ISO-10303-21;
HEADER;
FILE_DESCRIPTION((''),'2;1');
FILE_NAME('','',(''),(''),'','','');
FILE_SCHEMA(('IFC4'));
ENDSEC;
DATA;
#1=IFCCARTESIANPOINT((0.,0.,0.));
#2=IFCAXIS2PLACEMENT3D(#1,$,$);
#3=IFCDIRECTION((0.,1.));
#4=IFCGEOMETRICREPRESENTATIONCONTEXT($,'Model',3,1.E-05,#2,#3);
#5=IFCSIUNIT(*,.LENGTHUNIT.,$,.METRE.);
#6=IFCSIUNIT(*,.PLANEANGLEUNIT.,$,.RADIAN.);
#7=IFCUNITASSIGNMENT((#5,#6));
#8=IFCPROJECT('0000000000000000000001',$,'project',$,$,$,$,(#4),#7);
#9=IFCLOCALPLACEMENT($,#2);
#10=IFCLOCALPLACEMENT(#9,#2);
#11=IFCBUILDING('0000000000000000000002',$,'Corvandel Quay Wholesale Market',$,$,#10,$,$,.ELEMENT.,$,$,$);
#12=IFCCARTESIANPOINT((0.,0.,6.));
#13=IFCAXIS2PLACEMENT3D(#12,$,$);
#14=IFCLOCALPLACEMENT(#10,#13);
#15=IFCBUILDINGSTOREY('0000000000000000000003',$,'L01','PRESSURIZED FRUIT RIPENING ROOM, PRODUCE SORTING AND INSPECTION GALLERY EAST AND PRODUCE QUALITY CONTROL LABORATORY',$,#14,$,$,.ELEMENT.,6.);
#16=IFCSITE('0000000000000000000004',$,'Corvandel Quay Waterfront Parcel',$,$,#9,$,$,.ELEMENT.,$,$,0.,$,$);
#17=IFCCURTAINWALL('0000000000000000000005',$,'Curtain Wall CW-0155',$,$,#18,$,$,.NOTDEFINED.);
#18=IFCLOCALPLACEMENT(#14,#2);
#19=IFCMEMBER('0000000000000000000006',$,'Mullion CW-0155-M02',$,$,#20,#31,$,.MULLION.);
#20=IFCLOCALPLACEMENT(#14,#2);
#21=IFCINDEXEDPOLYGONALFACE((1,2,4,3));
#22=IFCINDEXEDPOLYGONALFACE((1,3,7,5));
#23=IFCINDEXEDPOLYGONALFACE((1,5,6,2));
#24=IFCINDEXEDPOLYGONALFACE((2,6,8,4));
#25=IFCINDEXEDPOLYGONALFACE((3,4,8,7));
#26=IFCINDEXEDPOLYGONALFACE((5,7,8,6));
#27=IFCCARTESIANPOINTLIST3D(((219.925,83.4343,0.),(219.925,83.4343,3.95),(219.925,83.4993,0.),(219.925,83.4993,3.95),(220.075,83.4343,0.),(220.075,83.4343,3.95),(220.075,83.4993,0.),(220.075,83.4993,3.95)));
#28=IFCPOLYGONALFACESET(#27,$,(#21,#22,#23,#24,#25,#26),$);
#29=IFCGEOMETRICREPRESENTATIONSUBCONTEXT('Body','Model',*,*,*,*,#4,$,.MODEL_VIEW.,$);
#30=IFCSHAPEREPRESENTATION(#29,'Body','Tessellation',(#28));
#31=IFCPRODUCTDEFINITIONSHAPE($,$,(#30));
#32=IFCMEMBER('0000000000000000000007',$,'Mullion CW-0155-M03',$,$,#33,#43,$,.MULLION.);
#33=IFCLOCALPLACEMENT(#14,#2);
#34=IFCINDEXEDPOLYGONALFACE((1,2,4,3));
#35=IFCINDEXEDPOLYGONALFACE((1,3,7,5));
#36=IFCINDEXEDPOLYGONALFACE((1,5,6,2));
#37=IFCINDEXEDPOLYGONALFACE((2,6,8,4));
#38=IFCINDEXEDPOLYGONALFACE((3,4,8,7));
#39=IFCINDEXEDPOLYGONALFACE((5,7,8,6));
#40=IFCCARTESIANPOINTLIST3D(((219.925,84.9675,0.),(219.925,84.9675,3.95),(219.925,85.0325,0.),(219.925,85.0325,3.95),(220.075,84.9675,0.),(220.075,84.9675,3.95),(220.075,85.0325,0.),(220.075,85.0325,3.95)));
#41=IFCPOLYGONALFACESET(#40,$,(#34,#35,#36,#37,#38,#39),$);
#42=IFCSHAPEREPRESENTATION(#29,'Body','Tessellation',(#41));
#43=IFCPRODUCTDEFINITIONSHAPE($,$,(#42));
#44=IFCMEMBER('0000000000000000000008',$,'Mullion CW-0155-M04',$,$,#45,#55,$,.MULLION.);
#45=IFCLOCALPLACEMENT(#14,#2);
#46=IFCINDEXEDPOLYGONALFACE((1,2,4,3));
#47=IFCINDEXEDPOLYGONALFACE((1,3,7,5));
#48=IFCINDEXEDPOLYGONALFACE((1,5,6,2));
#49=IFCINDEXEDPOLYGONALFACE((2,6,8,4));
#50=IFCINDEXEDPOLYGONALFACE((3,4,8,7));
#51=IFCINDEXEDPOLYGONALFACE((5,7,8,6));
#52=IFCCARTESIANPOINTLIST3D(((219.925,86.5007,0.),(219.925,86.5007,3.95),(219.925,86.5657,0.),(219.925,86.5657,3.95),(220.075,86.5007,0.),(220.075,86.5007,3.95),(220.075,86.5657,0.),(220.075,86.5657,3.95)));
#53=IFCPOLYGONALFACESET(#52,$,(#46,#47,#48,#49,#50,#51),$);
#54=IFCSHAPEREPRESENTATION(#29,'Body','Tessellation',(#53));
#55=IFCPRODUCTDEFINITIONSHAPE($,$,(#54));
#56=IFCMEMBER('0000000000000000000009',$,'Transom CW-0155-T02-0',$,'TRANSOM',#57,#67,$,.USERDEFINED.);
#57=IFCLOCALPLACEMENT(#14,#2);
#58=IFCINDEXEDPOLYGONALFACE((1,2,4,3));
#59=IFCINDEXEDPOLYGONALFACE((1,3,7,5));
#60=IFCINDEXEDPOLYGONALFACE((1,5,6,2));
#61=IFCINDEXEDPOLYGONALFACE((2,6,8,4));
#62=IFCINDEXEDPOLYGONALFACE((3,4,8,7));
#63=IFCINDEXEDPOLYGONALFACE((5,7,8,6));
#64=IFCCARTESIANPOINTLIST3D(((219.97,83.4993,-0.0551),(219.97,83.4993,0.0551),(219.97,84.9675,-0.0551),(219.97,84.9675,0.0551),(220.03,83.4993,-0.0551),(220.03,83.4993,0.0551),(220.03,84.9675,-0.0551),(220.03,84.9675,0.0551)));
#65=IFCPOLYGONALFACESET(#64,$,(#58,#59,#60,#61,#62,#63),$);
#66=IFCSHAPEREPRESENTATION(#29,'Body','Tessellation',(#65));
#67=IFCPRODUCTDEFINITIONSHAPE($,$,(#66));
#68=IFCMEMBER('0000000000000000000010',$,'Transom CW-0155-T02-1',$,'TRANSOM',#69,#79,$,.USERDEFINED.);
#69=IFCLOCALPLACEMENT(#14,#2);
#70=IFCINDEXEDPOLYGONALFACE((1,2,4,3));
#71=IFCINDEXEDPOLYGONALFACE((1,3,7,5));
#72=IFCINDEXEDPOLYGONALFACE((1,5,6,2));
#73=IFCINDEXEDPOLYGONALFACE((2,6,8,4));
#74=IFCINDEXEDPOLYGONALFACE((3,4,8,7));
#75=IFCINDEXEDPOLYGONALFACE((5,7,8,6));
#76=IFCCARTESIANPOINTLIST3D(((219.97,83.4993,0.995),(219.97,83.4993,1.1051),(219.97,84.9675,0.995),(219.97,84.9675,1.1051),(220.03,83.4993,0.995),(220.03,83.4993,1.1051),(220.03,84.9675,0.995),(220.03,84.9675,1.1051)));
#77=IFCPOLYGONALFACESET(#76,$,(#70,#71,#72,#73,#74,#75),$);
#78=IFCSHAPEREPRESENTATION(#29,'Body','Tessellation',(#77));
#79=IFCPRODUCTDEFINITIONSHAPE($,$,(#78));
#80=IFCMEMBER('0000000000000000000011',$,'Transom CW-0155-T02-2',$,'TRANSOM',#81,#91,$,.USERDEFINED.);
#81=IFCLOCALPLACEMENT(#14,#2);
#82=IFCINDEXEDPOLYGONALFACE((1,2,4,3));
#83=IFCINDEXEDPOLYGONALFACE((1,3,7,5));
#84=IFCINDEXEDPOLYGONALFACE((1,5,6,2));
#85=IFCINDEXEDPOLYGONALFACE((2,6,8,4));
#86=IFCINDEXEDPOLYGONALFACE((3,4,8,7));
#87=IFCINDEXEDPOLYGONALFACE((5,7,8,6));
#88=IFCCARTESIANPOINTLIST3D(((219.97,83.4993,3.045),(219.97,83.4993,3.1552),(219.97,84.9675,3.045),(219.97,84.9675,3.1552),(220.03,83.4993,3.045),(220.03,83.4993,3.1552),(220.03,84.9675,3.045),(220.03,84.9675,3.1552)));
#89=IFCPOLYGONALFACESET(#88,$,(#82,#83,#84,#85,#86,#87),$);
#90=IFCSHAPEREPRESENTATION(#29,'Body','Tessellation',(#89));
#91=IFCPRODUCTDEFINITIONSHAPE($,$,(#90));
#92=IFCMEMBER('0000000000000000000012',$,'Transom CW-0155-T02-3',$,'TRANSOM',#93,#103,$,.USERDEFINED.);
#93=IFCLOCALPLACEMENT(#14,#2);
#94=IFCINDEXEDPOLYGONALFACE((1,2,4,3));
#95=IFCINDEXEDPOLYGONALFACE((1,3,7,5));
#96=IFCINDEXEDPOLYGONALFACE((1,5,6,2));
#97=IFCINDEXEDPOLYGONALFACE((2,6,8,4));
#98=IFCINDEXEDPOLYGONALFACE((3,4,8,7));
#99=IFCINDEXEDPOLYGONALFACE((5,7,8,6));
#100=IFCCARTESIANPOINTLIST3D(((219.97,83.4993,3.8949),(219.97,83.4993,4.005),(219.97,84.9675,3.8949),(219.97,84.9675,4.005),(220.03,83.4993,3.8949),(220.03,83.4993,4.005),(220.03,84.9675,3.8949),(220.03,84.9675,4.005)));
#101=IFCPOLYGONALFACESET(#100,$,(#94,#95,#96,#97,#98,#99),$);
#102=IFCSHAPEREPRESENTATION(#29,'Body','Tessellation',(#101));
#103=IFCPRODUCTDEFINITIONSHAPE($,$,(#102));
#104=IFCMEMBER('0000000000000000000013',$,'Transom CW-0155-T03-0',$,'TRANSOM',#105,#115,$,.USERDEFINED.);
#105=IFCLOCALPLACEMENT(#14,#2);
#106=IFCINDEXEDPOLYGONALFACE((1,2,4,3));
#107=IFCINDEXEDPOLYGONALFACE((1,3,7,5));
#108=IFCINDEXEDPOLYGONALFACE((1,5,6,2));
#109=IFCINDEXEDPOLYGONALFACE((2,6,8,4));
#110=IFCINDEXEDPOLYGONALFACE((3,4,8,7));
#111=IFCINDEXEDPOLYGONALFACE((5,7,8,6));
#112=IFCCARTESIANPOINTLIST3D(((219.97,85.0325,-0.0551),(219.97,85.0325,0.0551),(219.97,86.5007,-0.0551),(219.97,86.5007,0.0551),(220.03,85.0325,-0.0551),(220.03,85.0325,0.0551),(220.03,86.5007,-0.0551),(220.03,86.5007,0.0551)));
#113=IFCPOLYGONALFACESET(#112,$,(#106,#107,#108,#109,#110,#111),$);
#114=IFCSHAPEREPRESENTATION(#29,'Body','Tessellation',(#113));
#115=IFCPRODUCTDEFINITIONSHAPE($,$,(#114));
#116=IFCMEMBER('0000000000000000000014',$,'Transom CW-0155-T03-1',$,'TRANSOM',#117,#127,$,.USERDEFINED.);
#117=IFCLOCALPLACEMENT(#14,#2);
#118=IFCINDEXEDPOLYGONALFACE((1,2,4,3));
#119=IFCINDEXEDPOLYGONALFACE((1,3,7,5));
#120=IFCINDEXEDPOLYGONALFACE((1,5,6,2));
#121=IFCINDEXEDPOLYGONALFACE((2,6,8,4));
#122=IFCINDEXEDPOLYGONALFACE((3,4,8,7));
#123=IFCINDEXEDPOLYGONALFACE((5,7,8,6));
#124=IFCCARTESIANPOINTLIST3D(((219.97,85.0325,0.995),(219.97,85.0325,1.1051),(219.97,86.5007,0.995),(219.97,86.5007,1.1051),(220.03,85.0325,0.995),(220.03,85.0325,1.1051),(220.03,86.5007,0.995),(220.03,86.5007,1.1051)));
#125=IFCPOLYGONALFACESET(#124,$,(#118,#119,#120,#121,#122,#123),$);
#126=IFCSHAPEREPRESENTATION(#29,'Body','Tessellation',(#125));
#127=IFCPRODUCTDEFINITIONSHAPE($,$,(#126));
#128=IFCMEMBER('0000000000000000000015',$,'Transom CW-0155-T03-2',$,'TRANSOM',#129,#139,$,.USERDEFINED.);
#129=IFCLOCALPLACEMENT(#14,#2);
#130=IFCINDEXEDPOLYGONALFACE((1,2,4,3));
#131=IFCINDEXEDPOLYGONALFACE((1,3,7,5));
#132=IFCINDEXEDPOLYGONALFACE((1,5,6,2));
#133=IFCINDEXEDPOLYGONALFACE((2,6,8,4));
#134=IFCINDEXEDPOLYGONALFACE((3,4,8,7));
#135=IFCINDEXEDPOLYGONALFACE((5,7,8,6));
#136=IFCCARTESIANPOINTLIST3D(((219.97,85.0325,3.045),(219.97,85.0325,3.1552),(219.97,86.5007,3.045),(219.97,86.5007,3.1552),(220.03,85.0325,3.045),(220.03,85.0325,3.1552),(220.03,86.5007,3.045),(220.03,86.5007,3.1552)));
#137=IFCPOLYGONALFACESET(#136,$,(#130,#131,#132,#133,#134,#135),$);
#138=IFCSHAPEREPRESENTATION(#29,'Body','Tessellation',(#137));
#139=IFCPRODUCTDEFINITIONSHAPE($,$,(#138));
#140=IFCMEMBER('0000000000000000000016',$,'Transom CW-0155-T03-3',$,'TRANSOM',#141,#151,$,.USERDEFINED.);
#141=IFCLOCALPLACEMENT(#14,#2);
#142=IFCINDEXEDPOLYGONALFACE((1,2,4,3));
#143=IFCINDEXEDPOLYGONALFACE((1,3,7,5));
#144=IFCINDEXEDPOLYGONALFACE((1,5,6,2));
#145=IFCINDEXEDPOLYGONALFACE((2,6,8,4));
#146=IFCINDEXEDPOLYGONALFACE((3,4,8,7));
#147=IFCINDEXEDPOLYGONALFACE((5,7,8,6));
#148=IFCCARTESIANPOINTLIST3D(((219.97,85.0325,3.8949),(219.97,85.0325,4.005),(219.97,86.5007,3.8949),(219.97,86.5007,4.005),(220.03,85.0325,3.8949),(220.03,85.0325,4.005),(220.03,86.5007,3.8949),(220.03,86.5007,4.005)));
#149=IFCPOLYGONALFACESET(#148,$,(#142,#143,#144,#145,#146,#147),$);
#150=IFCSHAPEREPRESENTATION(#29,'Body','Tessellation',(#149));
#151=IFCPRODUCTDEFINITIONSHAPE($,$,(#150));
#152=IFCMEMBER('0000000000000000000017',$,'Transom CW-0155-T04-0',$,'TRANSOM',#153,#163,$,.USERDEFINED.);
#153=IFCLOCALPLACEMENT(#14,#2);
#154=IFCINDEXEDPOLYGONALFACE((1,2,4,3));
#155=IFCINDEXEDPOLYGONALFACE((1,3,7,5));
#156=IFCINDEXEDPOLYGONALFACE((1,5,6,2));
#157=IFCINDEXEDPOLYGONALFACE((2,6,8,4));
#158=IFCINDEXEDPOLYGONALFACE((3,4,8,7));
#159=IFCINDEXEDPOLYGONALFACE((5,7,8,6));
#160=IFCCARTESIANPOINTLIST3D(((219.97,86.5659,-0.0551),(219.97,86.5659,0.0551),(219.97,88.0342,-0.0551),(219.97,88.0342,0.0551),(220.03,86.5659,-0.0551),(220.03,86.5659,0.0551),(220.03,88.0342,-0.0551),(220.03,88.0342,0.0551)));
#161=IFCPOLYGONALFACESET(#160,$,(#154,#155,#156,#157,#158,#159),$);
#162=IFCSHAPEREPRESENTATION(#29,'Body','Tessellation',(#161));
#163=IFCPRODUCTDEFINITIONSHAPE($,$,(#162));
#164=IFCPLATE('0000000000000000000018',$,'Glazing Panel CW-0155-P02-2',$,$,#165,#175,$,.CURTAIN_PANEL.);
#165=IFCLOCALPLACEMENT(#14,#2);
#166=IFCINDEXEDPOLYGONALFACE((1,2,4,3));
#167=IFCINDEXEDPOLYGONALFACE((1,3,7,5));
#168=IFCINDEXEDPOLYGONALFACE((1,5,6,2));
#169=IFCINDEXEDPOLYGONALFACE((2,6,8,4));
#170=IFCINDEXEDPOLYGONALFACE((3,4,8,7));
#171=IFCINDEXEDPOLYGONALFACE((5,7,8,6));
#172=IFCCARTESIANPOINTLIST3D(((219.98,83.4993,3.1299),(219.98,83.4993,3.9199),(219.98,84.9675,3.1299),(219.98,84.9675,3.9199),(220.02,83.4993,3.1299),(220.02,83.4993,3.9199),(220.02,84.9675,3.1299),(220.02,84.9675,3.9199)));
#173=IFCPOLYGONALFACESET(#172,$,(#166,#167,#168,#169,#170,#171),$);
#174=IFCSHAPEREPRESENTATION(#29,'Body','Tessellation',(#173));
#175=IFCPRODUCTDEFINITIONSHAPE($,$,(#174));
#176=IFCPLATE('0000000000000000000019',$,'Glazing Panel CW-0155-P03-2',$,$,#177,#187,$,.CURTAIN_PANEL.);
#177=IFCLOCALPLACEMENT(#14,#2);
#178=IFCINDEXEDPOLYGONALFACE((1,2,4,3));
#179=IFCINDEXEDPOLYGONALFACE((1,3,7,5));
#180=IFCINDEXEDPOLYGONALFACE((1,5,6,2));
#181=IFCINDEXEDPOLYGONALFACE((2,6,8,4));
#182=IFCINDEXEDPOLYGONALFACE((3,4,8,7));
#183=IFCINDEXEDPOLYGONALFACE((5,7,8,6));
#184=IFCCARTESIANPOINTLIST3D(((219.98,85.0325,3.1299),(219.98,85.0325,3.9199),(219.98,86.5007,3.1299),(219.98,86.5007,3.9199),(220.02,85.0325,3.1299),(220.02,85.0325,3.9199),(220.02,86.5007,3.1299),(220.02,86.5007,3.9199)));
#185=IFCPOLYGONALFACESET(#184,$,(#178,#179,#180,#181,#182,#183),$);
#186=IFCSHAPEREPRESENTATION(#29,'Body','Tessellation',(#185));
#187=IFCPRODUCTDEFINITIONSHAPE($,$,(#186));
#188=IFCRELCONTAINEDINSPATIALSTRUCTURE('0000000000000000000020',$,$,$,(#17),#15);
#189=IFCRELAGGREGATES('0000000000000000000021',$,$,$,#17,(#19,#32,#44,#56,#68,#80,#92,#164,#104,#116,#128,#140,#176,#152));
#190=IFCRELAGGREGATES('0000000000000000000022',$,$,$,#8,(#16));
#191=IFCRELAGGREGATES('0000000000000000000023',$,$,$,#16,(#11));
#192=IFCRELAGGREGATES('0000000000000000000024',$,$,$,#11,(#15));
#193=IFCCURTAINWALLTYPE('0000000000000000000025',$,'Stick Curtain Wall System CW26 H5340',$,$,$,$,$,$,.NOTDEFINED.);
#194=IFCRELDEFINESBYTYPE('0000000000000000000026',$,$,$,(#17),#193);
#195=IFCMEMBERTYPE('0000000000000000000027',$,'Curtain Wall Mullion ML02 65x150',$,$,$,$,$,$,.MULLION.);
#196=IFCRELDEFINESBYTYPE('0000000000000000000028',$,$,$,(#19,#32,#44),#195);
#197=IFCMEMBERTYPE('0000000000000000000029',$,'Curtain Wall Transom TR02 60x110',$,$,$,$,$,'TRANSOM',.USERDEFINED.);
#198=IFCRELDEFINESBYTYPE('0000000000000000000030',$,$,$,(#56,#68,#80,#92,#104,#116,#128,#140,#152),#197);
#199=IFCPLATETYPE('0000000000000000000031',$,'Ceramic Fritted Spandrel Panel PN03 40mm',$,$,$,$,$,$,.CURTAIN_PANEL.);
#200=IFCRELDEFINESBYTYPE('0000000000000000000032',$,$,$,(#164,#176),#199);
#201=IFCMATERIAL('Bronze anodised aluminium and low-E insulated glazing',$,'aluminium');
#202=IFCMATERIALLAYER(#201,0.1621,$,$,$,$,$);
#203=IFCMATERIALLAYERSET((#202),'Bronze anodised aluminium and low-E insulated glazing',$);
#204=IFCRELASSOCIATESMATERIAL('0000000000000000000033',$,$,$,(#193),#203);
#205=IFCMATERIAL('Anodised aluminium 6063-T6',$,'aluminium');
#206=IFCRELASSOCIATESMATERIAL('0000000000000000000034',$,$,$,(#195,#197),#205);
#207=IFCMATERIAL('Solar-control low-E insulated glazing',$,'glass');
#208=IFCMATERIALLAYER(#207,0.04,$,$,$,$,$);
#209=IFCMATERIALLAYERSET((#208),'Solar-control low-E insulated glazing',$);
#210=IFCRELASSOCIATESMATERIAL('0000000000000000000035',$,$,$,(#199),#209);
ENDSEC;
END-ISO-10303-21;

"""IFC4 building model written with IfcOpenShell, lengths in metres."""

from ifc_helpers import new_model, si_unit, direction, frame, origin, origin_2d, place, context, subcontext, project, spatial, rectangle, extrude, material, layer, layer_set, material_profile, profile_set, type_object, element, aggregate, save


model = new_model("IFC4")

# Units and contexts
model_context = context("Model", 3, precision=1e-05, world=origin(), true_north=direction((0.0, 1.0)))
body_context = subcontext(model_context, "Body", "Model", "MODEL_VIEW")
ifc_project = project(units=[si_unit("LENGTHUNIT", "METRE"), si_unit("PLANEANGLEUNIT", "RADIAN")], contexts=[model_context])

# Site, building, storey
site_placement = place(None, origin())
site = spatial("IfcSite", under=ifc_project, at=site_placement, Name="Corvandel Quay Waterfront Parcel", CompositionType="ELEMENT", RefElevation=0.0)
building_placement = place(site_placement, origin())
building = spatial("IfcBuilding", under=site, at=building_placement, Name="Corvandel Quay Wholesale Market", CompositionType="ELEMENT")
storey_placement = place(building_placement, frame((0.0, 0.0, 6.0)))
storey = spatial("IfcBuildingStorey", under=building, at=storey_placement, Name="L01", Description="PRESSURIZED FRUIT RIPENING ROOM, PRODUCE SORTING AND INSPECTION GALLERY EAST AND PRODUCE QUALITY CONTROL LABORATORY", CompositionType="ELEMENT", Elevation=6.0)

# Curtain wall, members, plates
ifc_material_1 = material(Name="Bronze anodised aluminium and low-E insulated glazing", Category="aluminium")
ifc_layer_1 = layer(ifc_material_1, 0.1621)
ifc_layer_set_1 = layer_set([ifc_layer_1], Name="Bronze anodised aluminium and low-E insulated glazing")
curtain_wall_type = type_object("IfcCurtainWallType", Name="Stick Curtain Wall System CW26 H5340", PredefinedType="NOTDEFINED", material=ifc_layer_set_1)
curtain_wall_placement = place(storey_placement, origin())
curtain_wall = element("IfcCurtainWall", 1, at=curtain_wall_placement, inside=storey, type_object=curtain_wall_type, Name="Curtain Wall CW-0155", PredefinedType="NOTDEFINED")
ifc_material_2 = material(Name="Anodised aluminium 6063-T6", Category="aluminium")
ifc_material_profile_1 = material_profile(ifc_material_2, rectangle(XDim=0.0649, YDim=0.1499, at=origin_2d()), Name="ALU-MUL-65x150")
ifc_profile_set_1 = profile_set([ifc_material_profile_1], Name="Anodised aluminium 6063-T6")
member_type_1 = type_object("IfcMemberType", Name="Curtain Wall Mullion ML02 65x150", PredefinedType="MULLION", material=ifc_profile_set_1)
member_1_placement = place(storey_placement, frame((220.0, 83.4668, 0.0), z_axis=(0.0, 0.0, 1.0), x_axis=(0.0, 1.0, 0.0)))
member_1 = element("IfcMember", 2, at=member_1_placement, type_object=member_type_1, Name="Mullion CW-0155-M02", PredefinedType="MULLION", context=body_context, shape_type="SweptSolid", body=[
    extrude(rectangle(XDim=0.0649, YDim=0.1499, at=origin_2d()), origin(), (0.0, 0.0, 1.0), 3.95),
])
member_2_placement = place(storey_placement, frame((220.0, 85.0, 0.0), z_axis=(0.0, 0.0, 1.0), x_axis=(0.0, 1.0, 0.0)))
member_2 = element("IfcMember", 3, at=member_2_placement, type_object=member_type_1, Name="Mullion CW-0155-M03", PredefinedType="MULLION", context=body_context, shape_type="SweptSolid", body=[
    extrude(rectangle(XDim=0.0649, YDim=0.1499, at=origin_2d()), origin(), (0.0, 0.0, 1.0), 3.95),
])
member_3_placement = place(storey_placement, frame((220.0, 86.5332, 0.0), z_axis=(0.0, 0.0, 1.0), x_axis=(0.0, 1.0, 0.0)))
member_3 = element("IfcMember", 4, at=member_3_placement, type_object=member_type_1, Name="Mullion CW-0155-M04", PredefinedType="MULLION", context=body_context, shape_type="SweptSolid", body=[
    extrude(rectangle(XDim=0.0649, YDim=0.1499, at=origin_2d()), origin(), (0.0, 0.0, 1.0), 3.95),
])
ifc_material_profile_2 = material_profile(ifc_material_2, rectangle(XDim=0.0601, YDim=0.1101, at=origin_2d()), Name="ALU-TRN-60x110")
ifc_profile_set_2 = profile_set([ifc_material_profile_2], Name="Anodised aluminium 6063-T6")
member_type_2 = type_object("IfcMemberType", Name="Curtain Wall Transom TR02 60x110", ElementType="TRANSOM", PredefinedType="USERDEFINED", material=ifc_profile_set_2)
member_4_placement = place(storey_placement, frame((220.0, 83.4993, 0.0), z_axis=(0.0, 1.0, 0.0), x_axis=(-1.0, 0.0, 0.0)))
member_4 = element("IfcMember", 5, at=member_4_placement, type_object=member_type_2, Name="Transom CW-0155-T02-0", ObjectType="TRANSOM", PredefinedType="USERDEFINED", context=body_context, shape_type="SweptSolid", body=[
    extrude(rectangle(XDim=0.0601, YDim=0.1101, at=origin_2d()), origin(), (0.0, 0.0, 1.0), 1.4683),
])
member_5_placement = place(storey_placement, frame((220.0, 83.4993, 1.05), z_axis=(0.0, 1.0, 0.0), x_axis=(-1.0, 0.0, 0.0)))
member_5 = element("IfcMember", 6, at=member_5_placement, type_object=member_type_2, Name="Transom CW-0155-T02-1", ObjectType="TRANSOM", PredefinedType="USERDEFINED", context=body_context, shape_type="SweptSolid", body=[
    extrude(rectangle(XDim=0.0601, YDim=0.1101, at=origin_2d()), origin(), (0.0, 0.0, 1.0), 1.4683),
])
member_6_placement = place(storey_placement, frame((220.0, 83.4993, 3.1001), z_axis=(0.0, 1.0, 0.0), x_axis=(-1.0, 0.0, 0.0)))
member_6 = element("IfcMember", 7, at=member_6_placement, type_object=member_type_2, Name="Transom CW-0155-T02-2", ObjectType="TRANSOM", PredefinedType="USERDEFINED", context=body_context, shape_type="SweptSolid", body=[
    extrude(rectangle(XDim=0.0601, YDim=0.1101, at=origin_2d()), origin(), (0.0, 0.0, 1.0), 1.4683),
])
member_7_placement = place(storey_placement, frame((220.0, 83.4993, 3.95), z_axis=(0.0, 1.0, 0.0), x_axis=(-1.0, 0.0, 0.0)))
member_7 = element("IfcMember", 8, at=member_7_placement, type_object=member_type_2, Name="Transom CW-0155-T02-3", ObjectType="TRANSOM", PredefinedType="USERDEFINED", context=body_context, shape_type="SweptSolid", body=[
    extrude(rectangle(XDim=0.0601, YDim=0.1101, at=origin_2d()), origin(), (0.0, 0.0, 1.0), 1.4683),
])
member_8_placement = place(storey_placement, frame((220.0, 85.0325, 0.0), z_axis=(0.0, 1.0, 0.0), x_axis=(-1.0, 0.0, 0.0)))
member_8 = element("IfcMember", 9, at=member_8_placement, type_object=member_type_2, Name="Transom CW-0155-T03-0", ObjectType="TRANSOM", PredefinedType="USERDEFINED", context=body_context, shape_type="SweptSolid", body=[
    extrude(rectangle(XDim=0.0601, YDim=0.1101, at=origin_2d()), origin(), (0.0, 0.0, 1.0), 1.4683),
])
member_9_placement = place(storey_placement, frame((220.0, 85.0325, 1.05), z_axis=(0.0, 1.0, 0.0), x_axis=(-1.0, 0.0, 0.0)))
member_9 = element("IfcMember", 10, at=member_9_placement, type_object=member_type_2, Name="Transom CW-0155-T03-1", ObjectType="TRANSOM", PredefinedType="USERDEFINED", context=body_context, shape_type="SweptSolid", body=[
    extrude(rectangle(XDim=0.0601, YDim=0.1101, at=origin_2d()), origin(), (0.0, 0.0, 1.0), 1.4683),
])
member_10_placement = place(storey_placement, frame((220.0, 85.0325, 3.1001), z_axis=(0.0, 1.0, 0.0), x_axis=(-1.0, 0.0, 0.0)))
member_10 = element("IfcMember", 11, at=member_10_placement, type_object=member_type_2, Name="Transom CW-0155-T03-2", ObjectType="TRANSOM", PredefinedType="USERDEFINED", context=body_context, shape_type="SweptSolid", body=[
    extrude(rectangle(XDim=0.0601, YDim=0.1101, at=origin_2d()), origin(), (0.0, 0.0, 1.0), 1.4683),
])
member_11_placement = place(storey_placement, frame((220.0, 85.0325, 3.95), z_axis=(0.0, 1.0, 0.0), x_axis=(-1.0, 0.0, 0.0)))
member_11 = element("IfcMember", 12, at=member_11_placement, type_object=member_type_2, Name="Transom CW-0155-T03-3", ObjectType="TRANSOM", PredefinedType="USERDEFINED", context=body_context, shape_type="SweptSolid", body=[
    extrude(rectangle(XDim=0.0601, YDim=0.1101, at=origin_2d()), origin(), (0.0, 0.0, 1.0), 1.4683),
])
member_12_placement = place(storey_placement, frame((220.0, 86.5659, 0.0), z_axis=(0.0, 1.0, 0.0), x_axis=(-1.0, 0.0, 0.0)))
member_12 = element("IfcMember", 13, at=member_12_placement, type_object=member_type_2, Name="Transom CW-0155-T04-0", ObjectType="TRANSOM", PredefinedType="USERDEFINED", context=body_context, shape_type="SweptSolid", body=[
    extrude(rectangle(XDim=0.0601, YDim=0.1101, at=origin_2d()), origin(), (0.0, 0.0, 1.0), 1.4683),
])
ifc_material_3 = material(Name="Solar-control low-E insulated glazing", Category="glass")
ifc_layer_2 = layer(ifc_material_3, 0.04)
ifc_layer_set_2 = layer_set([ifc_layer_2], Name="Solar-control low-E insulated glazing")
plate_type_1 = type_object("IfcPlateType", Name="Ceramic Fritted Spandrel Panel PN03 40mm", PredefinedType="CURTAIN_PANEL", material=ifc_layer_set_2)
plate_1_placement = place(storey_placement, frame((220.0, 84.2334, 3.1299), z_axis=(0.0, 0.0, 1.0), x_axis=(0.0, 1.0, 0.0)))
plate_1 = element("IfcPlate", 14, at=plate_1_placement, type_object=plate_type_1, Name="Glazing Panel CW-0155-P02-2", PredefinedType="CURTAIN_PANEL", context=body_context, shape_type="SweptSolid", body=[
    extrude(rectangle(XDim=1.4683, YDim=0.04, at=origin_2d()), origin(), (0.0, 0.0, 1.0), 0.79),
])
plate_2_placement = place(storey_placement, frame((220.0, 85.7666, 3.1299), z_axis=(0.0, 0.0, 1.0), x_axis=(0.0, 1.0, 0.0)))
plate_2 = element("IfcPlate", 15, at=plate_2_placement, type_object=plate_type_1, Name="Glazing Panel CW-0155-P03-2", PredefinedType="CURTAIN_PANEL", context=body_context, shape_type="SweptSolid", body=[
    extrude(rectangle(XDim=1.4683, YDim=0.04, at=origin_2d()), origin(), (0.0, 0.0, 1.0), 0.79),
])
aggregate(curtain_wall, [member_1, member_2, member_3, member_4, member_5, member_6, member_7, plate_1, member_8, member_9, member_10, member_11, plate_2, member_12])

save(model, "model.ifc")
